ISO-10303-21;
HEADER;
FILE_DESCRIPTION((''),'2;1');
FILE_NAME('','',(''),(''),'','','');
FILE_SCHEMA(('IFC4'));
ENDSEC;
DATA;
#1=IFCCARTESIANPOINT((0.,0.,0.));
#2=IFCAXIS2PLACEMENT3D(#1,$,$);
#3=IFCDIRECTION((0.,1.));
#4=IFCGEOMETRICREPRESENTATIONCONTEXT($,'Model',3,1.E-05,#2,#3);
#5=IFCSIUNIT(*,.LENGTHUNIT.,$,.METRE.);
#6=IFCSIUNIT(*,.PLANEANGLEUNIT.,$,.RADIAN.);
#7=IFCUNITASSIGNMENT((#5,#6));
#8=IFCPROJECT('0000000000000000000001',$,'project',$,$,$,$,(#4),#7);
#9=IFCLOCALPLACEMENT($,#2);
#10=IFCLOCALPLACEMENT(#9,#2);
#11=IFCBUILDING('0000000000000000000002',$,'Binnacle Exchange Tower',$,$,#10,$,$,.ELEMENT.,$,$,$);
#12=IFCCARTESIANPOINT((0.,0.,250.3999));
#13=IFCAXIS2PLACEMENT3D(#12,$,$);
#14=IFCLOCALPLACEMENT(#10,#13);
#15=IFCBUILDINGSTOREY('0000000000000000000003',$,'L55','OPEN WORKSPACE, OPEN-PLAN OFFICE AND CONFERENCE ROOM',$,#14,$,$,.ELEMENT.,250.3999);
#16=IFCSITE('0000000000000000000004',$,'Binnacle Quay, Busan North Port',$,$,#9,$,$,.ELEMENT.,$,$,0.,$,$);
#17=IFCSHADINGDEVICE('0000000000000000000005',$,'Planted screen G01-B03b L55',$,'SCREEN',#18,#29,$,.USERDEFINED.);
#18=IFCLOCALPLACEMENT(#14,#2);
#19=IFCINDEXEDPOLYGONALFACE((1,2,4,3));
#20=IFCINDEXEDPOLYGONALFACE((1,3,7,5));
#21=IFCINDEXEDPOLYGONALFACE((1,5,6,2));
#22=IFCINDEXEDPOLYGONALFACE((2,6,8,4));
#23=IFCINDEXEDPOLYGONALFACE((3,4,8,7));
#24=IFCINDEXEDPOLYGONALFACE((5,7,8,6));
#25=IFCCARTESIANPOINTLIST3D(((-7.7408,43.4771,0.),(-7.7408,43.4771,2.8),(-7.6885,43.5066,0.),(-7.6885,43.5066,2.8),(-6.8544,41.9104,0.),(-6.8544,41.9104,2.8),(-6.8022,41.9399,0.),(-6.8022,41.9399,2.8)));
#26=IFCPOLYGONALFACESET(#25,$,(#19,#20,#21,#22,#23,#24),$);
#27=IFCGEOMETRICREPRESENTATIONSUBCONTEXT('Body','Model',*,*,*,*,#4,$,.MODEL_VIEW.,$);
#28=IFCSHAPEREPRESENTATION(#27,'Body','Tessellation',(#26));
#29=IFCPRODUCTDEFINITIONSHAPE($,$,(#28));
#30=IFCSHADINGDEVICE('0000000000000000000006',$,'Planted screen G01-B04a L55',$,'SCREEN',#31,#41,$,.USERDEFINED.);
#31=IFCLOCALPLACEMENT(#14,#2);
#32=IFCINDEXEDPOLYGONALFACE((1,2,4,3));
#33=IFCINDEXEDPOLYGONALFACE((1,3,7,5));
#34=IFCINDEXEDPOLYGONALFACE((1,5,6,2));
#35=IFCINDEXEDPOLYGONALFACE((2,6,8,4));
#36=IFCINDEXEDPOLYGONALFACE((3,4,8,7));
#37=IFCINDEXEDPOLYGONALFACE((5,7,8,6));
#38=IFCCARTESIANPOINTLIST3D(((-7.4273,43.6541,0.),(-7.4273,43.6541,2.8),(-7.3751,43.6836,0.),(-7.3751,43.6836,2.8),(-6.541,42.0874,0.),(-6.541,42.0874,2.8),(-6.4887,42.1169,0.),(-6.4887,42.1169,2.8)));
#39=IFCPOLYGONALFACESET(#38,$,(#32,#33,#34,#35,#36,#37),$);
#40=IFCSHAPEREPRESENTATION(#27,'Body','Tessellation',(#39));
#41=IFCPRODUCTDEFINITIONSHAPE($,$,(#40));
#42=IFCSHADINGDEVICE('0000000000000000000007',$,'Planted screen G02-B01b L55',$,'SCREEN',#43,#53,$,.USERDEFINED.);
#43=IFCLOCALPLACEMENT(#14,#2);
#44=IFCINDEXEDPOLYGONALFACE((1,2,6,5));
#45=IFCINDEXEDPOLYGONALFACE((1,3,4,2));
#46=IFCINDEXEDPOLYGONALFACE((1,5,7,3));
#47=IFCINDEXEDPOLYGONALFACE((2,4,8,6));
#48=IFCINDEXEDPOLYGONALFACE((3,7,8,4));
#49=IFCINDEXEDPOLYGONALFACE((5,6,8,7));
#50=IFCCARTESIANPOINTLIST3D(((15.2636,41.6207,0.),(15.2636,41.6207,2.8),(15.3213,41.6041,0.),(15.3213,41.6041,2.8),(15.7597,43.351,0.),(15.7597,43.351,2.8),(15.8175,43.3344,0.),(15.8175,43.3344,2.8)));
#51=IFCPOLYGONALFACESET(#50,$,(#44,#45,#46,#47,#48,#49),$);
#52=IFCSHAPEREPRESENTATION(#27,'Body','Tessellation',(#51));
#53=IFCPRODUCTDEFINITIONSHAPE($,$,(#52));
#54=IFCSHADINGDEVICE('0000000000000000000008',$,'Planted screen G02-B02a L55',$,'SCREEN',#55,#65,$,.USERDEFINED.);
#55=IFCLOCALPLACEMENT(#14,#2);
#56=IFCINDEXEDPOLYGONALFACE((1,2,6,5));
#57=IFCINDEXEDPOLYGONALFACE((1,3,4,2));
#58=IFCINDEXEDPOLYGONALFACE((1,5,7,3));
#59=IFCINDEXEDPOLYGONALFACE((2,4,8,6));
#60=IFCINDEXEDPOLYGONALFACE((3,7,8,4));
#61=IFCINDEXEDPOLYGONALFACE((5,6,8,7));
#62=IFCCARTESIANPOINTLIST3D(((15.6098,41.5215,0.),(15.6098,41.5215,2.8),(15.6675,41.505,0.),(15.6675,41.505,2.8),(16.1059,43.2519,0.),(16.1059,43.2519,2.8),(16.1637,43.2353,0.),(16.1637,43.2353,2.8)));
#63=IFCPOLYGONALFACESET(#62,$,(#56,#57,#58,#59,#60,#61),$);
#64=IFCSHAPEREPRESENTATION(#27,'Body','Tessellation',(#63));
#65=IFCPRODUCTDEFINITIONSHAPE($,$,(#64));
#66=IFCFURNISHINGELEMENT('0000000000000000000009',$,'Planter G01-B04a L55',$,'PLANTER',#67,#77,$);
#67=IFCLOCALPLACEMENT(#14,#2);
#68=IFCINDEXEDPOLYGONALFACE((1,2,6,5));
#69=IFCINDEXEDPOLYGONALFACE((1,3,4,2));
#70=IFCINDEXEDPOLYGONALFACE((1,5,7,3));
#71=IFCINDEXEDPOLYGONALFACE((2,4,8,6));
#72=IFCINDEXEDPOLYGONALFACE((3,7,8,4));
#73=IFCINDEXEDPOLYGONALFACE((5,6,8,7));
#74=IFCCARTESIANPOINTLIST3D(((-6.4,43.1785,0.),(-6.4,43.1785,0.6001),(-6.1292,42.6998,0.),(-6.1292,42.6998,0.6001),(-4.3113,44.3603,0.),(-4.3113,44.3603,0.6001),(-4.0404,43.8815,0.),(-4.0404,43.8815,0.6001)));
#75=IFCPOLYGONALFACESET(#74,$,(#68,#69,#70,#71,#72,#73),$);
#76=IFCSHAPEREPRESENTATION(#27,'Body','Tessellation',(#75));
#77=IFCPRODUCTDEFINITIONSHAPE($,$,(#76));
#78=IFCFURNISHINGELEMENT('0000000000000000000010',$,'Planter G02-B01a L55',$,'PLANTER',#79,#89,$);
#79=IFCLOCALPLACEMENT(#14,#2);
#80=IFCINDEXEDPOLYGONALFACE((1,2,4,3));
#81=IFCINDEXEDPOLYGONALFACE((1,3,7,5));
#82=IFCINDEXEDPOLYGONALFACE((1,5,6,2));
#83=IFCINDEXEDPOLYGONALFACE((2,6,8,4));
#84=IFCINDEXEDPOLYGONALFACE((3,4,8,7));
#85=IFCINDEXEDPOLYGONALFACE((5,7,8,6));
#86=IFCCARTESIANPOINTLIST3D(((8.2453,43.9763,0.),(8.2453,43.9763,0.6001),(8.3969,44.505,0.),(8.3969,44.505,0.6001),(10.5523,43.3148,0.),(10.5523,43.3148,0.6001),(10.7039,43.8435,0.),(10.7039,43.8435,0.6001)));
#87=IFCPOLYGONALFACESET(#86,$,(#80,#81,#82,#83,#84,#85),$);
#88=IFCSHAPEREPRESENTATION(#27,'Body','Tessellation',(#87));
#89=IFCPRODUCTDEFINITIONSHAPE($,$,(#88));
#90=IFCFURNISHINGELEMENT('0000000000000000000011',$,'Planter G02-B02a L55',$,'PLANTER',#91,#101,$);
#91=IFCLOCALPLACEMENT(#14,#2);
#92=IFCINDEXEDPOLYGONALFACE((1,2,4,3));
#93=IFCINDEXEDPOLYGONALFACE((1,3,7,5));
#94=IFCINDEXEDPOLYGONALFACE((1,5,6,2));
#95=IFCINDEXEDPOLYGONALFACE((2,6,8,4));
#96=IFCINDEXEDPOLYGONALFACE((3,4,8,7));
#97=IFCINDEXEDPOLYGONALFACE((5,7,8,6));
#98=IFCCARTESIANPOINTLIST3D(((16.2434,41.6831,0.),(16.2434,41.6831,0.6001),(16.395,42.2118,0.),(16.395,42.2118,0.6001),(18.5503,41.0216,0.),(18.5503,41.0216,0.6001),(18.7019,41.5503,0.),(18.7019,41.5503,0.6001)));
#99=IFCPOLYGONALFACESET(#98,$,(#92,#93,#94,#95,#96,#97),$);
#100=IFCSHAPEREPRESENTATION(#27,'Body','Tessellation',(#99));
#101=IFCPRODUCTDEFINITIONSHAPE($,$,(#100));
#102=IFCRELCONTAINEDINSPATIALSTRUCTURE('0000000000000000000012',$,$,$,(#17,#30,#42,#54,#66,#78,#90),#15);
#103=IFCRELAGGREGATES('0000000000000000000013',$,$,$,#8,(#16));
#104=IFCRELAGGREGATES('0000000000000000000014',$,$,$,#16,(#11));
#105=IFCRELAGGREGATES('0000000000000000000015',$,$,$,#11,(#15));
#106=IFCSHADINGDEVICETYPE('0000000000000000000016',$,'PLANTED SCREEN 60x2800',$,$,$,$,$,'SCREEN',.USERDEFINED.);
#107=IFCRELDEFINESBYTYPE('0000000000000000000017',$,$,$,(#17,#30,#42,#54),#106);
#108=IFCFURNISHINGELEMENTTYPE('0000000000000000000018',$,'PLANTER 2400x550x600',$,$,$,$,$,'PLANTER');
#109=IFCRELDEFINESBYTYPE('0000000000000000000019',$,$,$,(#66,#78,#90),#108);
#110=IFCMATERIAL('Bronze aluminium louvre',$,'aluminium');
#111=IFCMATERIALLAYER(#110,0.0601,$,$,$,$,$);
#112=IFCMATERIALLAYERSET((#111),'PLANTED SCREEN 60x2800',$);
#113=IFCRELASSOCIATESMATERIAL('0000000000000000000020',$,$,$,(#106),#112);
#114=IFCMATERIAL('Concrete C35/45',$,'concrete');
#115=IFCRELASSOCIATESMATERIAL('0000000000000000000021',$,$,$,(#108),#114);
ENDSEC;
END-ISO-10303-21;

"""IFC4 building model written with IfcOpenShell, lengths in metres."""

from ifc_helpers import new_model, si_unit, direction, frame, origin, origin_2d, place, context, subcontext, project, spatial, rectangle, extrude, material, layer, layer_set, type_object, element, save


model = new_model("IFC4")

# Units and contexts
model_context = context("Model", 3, precision=1e-05, world=origin(), true_north=direction((0.0, 1.0)))
body_context = subcontext(model_context, "Body", "Model", "MODEL_VIEW")
ifc_project = project(units=[si_unit("LENGTHUNIT", "METRE"), si_unit("PLANEANGLEUNIT", "RADIAN")], contexts=[model_context])

# Site, building, storey
site_placement = place(None, origin())
site = spatial("IfcSite", under=ifc_project, at=site_placement, Name="Binnacle Quay, Busan North Port", CompositionType="ELEMENT", RefElevation=0.0)
building_placement = place(site_placement, origin())
building = spatial("IfcBuilding", under=site, at=building_placement, Name="Binnacle Exchange Tower", CompositionType="ELEMENT")
storey_placement = place(building_placement, frame((0.0, 0.0, 250.3999)))
storey = spatial("IfcBuildingStorey", under=building, at=storey_placement, Name="L55", Description="OPEN WORKSPACE, OPEN-PLAN OFFICE AND CONFERENCE ROOM", CompositionType="ELEMENT", Elevation=250.3999)

# Shading devices
ifc_material_1 = material(Name="Bronze aluminium louvre", Category="aluminium")
ifc_layer_1 = layer(ifc_material_1, 0.0601)
ifc_layer_set_1 = layer_set([ifc_layer_1], Name="PLANTED SCREEN 60x2800")
shading_device_type = type_object("IfcShadingDeviceType", Name="PLANTED SCREEN 60x2800", ElementType="SCREEN", PredefinedType="USERDEFINED", material=ifc_layer_set_1)
for number, where, z_axis, x_axis, name in (
    (1, (-7.2715, 42.7085, 0.0), (0.0, 0.0, 1.0), (0.870356, 0.492424, 0.0), "Planted screen G01-B03b L55"),
    (2, (-6.958, 42.8855, 0.0), (0.0, 0.0, 1.0), (0.870356, 0.492424, 0.0), "Planted screen G01-B04a L55"),
    (3, (15.5405, 42.4775, 0.0), (0.0, 0.0, 1.0), (0.961262, -0.275637, 0.0), "Planted screen G02-B01b L55"),
    (4, (15.8867, 42.3784, 0.0), (0.0, 0.0, 1.0), (0.961262, -0.275637, 0.0), "Planted screen G02-B02a L55"),
):
    element("IfcShadingDevice", number, at=place(storey_placement, frame(where, z_axis=z_axis, x_axis=x_axis)), inside=storey, type_object=shading_device_type, Name=name, ObjectType="SCREEN", PredefinedType="USERDEFINED", context=body_context, shape_type="SweptSolid", body=[
        extrude(rectangle(XDim=0.0601, YDim=1.8, at=origin_2d()), origin(), (0.0, 0.0, 1.0), 2.8),
    ])

# Furnishing elements
ifc_material_2 = material(Name="Concrete C35/45", Category="concrete")
furnishing_element_type = type_object("IfcFurnishingElementType", Name="PLANTER 2400x550x600", ElementType="PLANTER", material=ifc_material_2)
for number, where, z_axis, x_axis, name in (
    (5, (-5.2202, 43.53, 0.0), (0.0, 0.0, 1.0), (0.870356, 0.492424, 0.0), "Planter G01-B04a L55"),
    (6, (9.4746, 43.9099, 0.0), (0.0, 0.0, 1.0), (0.961262, -0.275637, 0.0), "Planter G02-B01a L55"),
    (7, (17.4727, 41.6167, 0.0), (0.0, 0.0, 1.0), (0.961262, -0.275637, 0.0), "Planter G02-B02a L55"),
):
    element("IfcFurnishingElement", number, at=place(storey_placement, frame(where, z_axis=z_axis, x_axis=x_axis)), inside=storey, type_object=furnishing_element_type, Name=name, ObjectType="PLANTER", context=body_context, shape_type="SweptSolid", body=[
        extrude(rectangle(XDim=2.3999, YDim=0.55, at=origin_2d()), origin(), (0.0, 0.0, 1.0), 0.6001),
    ])

save(model, "model.ifc")
